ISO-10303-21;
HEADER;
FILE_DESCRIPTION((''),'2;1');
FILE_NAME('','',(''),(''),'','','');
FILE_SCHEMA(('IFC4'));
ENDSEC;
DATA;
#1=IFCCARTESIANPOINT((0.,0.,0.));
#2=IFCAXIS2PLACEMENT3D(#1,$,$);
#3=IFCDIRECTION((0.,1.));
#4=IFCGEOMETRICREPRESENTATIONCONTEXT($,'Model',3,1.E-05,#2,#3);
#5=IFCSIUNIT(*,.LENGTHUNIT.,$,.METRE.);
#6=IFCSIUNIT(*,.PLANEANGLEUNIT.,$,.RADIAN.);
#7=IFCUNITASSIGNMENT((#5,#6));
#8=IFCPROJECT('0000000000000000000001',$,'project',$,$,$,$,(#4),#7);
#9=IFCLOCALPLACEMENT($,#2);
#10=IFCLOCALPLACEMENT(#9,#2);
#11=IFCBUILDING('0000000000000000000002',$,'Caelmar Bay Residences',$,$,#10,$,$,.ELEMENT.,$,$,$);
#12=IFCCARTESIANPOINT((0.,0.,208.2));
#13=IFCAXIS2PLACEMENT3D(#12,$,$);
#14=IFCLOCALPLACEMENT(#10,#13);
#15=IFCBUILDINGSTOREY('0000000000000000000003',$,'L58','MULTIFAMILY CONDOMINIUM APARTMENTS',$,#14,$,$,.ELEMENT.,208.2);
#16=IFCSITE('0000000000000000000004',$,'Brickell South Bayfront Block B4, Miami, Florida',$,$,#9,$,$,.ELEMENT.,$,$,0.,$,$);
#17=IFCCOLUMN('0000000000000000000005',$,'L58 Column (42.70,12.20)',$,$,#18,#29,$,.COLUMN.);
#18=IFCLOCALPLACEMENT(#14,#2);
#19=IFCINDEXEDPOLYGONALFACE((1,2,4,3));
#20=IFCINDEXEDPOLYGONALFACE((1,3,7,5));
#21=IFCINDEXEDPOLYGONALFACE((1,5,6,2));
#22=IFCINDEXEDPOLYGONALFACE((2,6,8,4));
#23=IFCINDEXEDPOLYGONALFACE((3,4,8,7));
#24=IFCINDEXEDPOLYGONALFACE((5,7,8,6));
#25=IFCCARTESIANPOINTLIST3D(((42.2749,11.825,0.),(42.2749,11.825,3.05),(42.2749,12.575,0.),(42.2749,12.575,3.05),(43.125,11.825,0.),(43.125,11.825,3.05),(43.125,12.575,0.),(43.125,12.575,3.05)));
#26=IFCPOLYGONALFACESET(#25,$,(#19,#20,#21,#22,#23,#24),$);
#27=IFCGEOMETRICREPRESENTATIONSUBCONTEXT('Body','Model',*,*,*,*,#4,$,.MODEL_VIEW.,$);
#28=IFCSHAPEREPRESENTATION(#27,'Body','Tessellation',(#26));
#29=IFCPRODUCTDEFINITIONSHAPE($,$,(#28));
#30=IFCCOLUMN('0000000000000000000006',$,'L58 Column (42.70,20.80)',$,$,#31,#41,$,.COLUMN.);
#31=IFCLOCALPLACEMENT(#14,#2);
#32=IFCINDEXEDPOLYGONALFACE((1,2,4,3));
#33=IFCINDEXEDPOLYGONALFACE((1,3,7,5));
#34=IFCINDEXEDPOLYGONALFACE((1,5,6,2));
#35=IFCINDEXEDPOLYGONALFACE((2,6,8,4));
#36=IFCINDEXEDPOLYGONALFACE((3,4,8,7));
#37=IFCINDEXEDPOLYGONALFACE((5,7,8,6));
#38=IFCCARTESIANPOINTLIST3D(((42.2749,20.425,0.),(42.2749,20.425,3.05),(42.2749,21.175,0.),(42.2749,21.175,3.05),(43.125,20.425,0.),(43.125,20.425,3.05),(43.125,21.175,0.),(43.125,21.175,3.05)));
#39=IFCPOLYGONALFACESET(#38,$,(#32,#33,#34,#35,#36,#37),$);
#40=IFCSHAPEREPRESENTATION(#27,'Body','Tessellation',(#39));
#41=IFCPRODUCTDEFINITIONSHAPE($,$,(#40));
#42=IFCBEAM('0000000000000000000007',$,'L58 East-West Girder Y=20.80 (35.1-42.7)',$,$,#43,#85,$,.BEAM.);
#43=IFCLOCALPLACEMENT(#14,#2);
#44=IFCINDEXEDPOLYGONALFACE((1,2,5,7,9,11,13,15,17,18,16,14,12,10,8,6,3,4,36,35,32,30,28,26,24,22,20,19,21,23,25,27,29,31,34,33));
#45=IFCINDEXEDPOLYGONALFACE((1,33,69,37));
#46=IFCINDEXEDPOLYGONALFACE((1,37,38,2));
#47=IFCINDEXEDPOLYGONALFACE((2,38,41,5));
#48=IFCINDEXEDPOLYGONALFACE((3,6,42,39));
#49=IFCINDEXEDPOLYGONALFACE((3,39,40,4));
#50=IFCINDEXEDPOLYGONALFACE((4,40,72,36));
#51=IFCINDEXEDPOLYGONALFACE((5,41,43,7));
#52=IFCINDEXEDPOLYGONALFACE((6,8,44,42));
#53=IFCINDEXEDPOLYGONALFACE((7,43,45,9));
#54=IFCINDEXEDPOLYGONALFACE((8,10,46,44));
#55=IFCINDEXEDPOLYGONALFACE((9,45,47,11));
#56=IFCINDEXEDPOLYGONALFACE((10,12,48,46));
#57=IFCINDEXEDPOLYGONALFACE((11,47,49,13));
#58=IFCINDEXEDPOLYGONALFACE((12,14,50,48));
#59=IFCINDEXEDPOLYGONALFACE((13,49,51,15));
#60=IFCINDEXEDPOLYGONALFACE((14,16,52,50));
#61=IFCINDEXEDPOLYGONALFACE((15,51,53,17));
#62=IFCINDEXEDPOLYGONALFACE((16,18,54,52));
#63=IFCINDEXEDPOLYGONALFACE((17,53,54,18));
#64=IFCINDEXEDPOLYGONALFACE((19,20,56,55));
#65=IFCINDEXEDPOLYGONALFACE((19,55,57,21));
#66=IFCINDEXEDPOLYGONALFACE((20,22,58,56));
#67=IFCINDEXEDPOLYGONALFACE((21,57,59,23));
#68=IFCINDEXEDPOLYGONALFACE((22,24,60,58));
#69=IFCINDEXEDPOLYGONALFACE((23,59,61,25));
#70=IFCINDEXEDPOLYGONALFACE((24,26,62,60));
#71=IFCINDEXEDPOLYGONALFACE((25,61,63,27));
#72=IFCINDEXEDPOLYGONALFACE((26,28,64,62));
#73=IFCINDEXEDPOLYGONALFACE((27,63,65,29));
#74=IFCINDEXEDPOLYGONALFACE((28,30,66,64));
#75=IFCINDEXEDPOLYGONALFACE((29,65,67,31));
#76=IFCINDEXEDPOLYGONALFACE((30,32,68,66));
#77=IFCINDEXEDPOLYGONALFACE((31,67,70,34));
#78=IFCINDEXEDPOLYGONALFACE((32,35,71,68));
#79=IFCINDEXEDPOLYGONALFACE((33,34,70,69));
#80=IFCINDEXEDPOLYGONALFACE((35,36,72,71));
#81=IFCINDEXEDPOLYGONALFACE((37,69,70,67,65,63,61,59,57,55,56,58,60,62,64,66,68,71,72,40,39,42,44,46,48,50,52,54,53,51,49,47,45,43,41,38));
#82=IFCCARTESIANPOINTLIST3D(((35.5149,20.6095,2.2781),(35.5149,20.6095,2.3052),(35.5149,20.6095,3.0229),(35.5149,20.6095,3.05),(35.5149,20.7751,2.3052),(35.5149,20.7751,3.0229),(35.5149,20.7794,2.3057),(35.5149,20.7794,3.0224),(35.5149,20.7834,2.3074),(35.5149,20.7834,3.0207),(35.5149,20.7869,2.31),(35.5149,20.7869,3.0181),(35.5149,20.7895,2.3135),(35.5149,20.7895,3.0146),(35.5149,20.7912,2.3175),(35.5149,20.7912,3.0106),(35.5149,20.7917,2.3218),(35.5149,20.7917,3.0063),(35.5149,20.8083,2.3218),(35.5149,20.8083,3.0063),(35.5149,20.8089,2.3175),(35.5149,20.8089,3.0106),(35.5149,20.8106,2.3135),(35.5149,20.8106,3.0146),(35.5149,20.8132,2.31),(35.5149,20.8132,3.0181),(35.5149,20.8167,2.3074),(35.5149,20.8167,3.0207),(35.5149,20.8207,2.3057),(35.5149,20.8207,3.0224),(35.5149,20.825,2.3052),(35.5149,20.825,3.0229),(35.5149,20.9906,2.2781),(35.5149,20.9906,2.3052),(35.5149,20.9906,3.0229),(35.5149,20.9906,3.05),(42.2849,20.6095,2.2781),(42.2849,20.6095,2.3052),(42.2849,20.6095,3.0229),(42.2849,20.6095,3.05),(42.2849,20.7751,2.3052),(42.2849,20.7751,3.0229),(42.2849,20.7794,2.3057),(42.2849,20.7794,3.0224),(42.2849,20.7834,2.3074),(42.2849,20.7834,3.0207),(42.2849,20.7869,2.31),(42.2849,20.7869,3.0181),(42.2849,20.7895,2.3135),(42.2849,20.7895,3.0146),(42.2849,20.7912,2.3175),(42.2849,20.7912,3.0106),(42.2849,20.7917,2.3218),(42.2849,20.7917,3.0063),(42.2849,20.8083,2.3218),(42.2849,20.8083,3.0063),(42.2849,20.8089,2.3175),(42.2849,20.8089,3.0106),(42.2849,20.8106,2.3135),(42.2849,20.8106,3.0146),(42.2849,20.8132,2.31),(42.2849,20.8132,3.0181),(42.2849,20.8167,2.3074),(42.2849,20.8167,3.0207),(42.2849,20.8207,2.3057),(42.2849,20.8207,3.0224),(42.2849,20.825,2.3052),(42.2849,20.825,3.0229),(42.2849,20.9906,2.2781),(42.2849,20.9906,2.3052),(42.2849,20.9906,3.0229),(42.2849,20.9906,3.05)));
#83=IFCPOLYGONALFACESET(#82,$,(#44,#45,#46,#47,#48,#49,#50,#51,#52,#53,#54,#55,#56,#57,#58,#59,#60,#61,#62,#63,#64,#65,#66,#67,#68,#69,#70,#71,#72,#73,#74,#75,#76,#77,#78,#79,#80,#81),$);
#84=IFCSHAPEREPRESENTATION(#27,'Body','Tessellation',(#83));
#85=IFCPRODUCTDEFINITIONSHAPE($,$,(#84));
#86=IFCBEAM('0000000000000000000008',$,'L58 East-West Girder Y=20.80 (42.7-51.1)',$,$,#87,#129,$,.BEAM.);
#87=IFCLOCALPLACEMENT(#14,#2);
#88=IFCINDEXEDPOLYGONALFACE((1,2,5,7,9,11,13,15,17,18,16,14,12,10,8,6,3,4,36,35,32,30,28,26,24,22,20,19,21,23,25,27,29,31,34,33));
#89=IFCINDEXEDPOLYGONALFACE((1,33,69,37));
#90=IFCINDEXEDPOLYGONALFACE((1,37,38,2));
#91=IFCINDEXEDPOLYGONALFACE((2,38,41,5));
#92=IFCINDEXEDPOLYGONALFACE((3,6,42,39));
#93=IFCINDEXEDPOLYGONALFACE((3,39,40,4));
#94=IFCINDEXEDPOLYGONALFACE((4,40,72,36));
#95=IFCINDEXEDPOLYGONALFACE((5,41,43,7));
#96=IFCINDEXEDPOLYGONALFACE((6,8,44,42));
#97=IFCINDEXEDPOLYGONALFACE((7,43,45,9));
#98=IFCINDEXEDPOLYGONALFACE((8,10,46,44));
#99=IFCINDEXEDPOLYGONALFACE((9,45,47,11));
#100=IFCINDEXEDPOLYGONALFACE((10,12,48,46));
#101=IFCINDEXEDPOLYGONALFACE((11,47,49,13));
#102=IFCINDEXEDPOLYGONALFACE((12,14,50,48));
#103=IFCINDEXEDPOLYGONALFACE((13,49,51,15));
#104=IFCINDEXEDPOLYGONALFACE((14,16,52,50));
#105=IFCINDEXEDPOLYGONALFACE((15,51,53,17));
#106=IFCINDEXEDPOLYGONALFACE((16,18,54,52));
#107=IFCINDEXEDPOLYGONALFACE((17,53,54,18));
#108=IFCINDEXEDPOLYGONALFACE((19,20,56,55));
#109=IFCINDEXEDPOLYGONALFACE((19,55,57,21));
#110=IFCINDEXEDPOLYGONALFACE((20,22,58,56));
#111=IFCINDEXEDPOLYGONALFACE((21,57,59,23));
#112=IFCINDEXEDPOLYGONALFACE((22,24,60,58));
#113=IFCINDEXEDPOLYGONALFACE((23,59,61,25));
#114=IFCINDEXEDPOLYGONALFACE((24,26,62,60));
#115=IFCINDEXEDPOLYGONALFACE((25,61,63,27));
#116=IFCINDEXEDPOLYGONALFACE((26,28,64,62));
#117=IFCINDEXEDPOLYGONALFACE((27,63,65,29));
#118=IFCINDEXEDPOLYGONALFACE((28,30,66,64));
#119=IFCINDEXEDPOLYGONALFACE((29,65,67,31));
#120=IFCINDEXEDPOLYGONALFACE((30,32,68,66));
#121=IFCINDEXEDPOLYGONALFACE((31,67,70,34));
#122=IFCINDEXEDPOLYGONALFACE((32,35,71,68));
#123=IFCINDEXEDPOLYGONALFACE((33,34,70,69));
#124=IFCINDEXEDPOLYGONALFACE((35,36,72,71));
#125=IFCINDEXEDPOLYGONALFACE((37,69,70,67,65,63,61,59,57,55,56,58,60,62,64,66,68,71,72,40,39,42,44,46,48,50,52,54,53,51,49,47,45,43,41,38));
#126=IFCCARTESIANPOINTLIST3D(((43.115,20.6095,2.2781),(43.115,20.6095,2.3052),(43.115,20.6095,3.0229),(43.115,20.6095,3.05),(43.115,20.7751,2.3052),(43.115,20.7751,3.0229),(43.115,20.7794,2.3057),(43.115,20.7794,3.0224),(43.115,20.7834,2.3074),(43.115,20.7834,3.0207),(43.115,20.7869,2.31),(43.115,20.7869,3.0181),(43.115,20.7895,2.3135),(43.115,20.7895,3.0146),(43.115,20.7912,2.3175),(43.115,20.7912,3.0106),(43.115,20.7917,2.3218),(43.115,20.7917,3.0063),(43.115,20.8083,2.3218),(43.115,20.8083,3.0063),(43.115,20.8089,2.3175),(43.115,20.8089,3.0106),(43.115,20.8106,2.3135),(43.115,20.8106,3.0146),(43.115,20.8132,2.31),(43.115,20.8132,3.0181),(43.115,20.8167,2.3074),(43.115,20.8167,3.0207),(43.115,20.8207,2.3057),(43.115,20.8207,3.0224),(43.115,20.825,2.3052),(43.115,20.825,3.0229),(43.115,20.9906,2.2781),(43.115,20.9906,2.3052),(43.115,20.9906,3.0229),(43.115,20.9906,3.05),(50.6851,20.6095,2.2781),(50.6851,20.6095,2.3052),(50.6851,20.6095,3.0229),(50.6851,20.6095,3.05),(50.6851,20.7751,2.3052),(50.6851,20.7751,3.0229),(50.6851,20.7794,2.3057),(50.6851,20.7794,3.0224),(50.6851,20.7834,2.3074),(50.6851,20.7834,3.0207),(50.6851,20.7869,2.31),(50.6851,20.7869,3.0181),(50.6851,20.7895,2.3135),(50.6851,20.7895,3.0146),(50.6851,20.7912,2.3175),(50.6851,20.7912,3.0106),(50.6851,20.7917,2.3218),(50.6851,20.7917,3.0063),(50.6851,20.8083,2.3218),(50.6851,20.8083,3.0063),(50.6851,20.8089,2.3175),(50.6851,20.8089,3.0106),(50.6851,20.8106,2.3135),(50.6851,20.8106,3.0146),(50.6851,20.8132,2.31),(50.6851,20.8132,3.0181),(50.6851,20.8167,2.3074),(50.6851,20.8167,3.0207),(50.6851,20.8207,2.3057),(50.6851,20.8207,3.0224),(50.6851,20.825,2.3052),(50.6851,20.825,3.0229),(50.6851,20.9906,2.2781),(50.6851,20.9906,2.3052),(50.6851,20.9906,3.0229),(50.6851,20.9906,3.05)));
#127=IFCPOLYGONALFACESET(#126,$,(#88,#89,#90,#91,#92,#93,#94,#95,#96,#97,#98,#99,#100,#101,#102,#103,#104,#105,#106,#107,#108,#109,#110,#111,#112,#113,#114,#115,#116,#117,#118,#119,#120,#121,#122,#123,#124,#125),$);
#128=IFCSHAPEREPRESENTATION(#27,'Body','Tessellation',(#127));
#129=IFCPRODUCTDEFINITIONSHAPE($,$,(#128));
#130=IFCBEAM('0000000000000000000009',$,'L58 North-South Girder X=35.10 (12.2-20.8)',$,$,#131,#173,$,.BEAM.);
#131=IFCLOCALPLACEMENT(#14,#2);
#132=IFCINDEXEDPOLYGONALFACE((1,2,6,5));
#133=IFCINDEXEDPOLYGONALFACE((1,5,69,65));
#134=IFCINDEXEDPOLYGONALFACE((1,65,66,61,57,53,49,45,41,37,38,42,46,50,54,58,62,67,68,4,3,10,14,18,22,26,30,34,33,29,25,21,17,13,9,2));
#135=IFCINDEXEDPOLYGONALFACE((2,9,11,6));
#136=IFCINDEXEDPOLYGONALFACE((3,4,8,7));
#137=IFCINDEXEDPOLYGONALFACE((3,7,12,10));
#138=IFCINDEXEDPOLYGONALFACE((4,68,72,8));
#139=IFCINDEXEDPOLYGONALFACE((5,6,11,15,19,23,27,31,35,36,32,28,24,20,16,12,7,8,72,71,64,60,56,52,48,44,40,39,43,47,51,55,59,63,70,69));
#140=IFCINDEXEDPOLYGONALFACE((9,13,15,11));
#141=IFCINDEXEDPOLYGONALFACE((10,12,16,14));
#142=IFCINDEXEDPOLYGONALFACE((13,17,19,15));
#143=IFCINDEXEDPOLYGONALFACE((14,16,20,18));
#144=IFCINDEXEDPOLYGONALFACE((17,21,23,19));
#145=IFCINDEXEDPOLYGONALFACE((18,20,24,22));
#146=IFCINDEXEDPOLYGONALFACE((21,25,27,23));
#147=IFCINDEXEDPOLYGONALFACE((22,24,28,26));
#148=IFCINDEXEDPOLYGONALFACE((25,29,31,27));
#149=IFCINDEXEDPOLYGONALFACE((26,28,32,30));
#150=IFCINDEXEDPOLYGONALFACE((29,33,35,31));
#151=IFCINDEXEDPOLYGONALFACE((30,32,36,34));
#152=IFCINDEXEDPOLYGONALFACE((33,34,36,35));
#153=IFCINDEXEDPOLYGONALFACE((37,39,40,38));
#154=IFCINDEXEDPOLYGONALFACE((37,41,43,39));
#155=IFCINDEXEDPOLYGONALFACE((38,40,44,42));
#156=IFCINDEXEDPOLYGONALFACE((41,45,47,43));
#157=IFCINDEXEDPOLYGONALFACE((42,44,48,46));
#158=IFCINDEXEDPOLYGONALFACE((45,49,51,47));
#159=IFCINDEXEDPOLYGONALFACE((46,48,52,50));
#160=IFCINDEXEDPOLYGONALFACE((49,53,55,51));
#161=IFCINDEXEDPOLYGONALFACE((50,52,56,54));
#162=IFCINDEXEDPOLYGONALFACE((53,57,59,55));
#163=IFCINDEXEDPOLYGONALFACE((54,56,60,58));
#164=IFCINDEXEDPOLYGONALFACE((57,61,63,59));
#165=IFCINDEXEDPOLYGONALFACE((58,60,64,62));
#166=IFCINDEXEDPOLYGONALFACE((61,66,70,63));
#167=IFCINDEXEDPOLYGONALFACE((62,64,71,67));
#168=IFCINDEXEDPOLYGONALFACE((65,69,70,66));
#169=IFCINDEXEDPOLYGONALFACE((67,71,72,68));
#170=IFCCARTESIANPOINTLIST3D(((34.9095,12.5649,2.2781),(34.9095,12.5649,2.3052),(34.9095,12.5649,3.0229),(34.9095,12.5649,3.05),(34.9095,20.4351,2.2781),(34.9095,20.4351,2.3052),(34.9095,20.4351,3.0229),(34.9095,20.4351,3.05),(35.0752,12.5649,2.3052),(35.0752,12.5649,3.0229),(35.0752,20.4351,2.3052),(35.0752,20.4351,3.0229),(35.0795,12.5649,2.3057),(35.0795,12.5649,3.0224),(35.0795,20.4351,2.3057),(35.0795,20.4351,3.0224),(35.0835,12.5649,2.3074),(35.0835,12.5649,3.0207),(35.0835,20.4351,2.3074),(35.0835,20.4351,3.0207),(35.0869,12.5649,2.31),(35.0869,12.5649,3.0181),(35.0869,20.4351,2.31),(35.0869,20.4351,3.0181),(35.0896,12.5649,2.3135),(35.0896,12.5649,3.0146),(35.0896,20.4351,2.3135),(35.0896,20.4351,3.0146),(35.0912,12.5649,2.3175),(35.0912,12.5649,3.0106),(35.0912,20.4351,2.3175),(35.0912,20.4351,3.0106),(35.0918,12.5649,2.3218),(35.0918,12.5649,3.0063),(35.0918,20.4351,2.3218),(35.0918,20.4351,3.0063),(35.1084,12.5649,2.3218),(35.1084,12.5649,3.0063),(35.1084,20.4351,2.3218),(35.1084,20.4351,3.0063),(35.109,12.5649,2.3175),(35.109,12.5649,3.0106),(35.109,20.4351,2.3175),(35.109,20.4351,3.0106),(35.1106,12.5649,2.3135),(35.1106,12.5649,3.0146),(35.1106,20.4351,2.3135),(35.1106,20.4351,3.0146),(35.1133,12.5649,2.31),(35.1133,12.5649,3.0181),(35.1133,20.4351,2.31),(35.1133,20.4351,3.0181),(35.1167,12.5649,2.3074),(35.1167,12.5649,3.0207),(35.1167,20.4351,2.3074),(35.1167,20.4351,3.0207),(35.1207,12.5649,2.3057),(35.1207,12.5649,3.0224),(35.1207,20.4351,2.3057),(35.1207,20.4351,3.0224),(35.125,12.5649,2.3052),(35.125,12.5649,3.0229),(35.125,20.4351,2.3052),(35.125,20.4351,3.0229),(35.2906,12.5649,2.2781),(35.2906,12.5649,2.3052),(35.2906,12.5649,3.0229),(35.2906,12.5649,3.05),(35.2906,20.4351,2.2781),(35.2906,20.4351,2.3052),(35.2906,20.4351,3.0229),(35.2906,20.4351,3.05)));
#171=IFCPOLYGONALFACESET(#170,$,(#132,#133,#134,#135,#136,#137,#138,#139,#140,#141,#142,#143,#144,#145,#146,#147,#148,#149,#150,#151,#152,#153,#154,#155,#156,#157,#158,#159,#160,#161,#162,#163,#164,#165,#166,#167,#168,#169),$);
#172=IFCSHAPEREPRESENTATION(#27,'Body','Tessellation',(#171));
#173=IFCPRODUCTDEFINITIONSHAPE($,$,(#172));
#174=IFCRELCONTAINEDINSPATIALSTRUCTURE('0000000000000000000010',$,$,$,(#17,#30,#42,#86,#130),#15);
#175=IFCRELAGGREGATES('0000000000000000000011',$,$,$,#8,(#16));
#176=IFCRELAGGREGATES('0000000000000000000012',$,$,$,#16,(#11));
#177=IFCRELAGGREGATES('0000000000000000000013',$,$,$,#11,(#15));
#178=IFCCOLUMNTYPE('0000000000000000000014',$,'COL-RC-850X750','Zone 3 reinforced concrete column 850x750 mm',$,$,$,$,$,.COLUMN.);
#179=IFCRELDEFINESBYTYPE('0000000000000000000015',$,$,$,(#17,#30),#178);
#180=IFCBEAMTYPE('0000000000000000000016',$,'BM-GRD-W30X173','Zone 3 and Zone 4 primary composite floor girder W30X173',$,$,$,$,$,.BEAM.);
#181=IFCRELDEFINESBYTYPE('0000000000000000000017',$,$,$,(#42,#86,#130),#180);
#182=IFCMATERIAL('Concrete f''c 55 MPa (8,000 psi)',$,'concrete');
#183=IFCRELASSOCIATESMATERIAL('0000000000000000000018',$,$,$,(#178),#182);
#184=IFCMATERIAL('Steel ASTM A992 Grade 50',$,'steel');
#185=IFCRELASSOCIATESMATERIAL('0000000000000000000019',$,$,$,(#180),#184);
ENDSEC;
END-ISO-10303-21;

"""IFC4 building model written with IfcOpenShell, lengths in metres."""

from ifc_helpers import new_model, si_unit, direction, frame, origin, origin_2d, place, context, subcontext, project, spatial, rectangle, i_section, extrude, material, material_profile, profile_set, type_object, element, save


model = new_model("IFC4")

# Units and contexts
model_context = context("Model", 3, precision=1e-05, world=origin(), true_north=direction((0.0, 1.0)))
body_context = subcontext(model_context, "Body", "Model", "MODEL_VIEW")
ifc_project = project(units=[si_unit("LENGTHUNIT", "METRE"), si_unit("PLANEANGLEUNIT", "RADIAN")], contexts=[model_context])

# Site, building, storey
site_placement = place(None, origin())
site = spatial("IfcSite", under=ifc_project, at=site_placement, Name="Brickell South Bayfront Block B4, Miami, Florida", CompositionType="ELEMENT", RefElevation=0.0)
building_placement = place(site_placement, origin())
building = spatial("IfcBuilding", under=site, at=building_placement, Name="Caelmar Bay Residences", CompositionType="ELEMENT")
storey_placement = place(building_placement, frame((0.0, 0.0, 208.2)))
storey = spatial("IfcBuildingStorey", under=building, at=storey_placement, Name="L58", Description="MULTIFAMILY CONDOMINIUM APARTMENTS", CompositionType="ELEMENT", Elevation=208.2)

# Columns
ifc_material_1 = material(Name="Concrete f'c 55 MPa (8,000 psi)", Category="concrete")
ifc_material_profile_1 = material_profile(ifc_material_1, rectangle(XDim=0.8501, YDim=0.75, at=origin_2d()), Name="RC-COL-850X750")
ifc_profile_set_1 = profile_set([ifc_material_profile_1], Name="Concrete f'c 55 MPa (8,000 psi)")
column_type = type_object("IfcColumnType", Name="COL-RC-850X750", Description="Zone 3 reinforced concrete column 850x750 mm", PredefinedType="COLUMN", material=ifc_profile_set_1)
for number, where, z_axis, x_axis, name in (
    (1, (42.7, 12.2, 0.0), (0.0, 0.0, 1.0), (1.0, 0.0, 0.0), "L58 Column (42.70,12.20)"),
    (2, (42.7, 20.8, 0.0), (0.0, 0.0, 1.0), (1.0, 0.0, 0.0), "L58 Column (42.70,20.80)"),
):
    element("IfcColumn", number, at=place(storey_placement, frame(where, z_axis=z_axis, x_axis=x_axis)), inside=storey, type_object=column_type, Name=name, PredefinedType="COLUMN", context=body_context, shape_type="SweptSolid", body=[
        extrude(rectangle(XDim=0.8501, YDim=0.75, at=origin_2d()), origin(), (0.0, 0.0, 1.0), 3.05),
    ])

# Beams
ifc_material_2 = material(Name="Steel ASTM A992 Grade 50", Category="steel")
ifc_material_profile_2 = material_profile(ifc_material_2, i_section(OverallWidth=0.3811, OverallDepth=0.772, WebThickness=0.0166, FlangeThickness=0.0271, FilletRadius=0.0166, at=origin_2d()), Name="W30X173")
ifc_profile_set_2 = profile_set([ifc_material_profile_2], Name="Steel ASTM A992 Grade 50")
beam_type_1 = type_object("IfcBeamType", Name="BM-GRD-W30X173", Description="Zone 3 and Zone 4 primary composite floor girder W30X173", PredefinedType="BEAM", material=ifc_profile_set_2)
beam_1_placement = place(storey_placement, frame((35.5149, 20.8, 2.6641), z_axis=(1.0, 0.0, 0.0), x_axis=(0.0, 1.0, 0.0)))
element("IfcBeam", 3, at=beam_1_placement, inside=storey, type_object=beam_type_1, Name="L58 East-West Girder Y=20.80 (35.1-42.7)", PredefinedType="BEAM", context=body_context, shape_type="SweptSolid", body=[
    extrude(i_section(OverallWidth=0.3811, OverallDepth=0.772, WebThickness=0.0166, FlangeThickness=0.0271, FilletRadius=0.0166, at=origin_2d()), origin(), (0.0, 0.0, 1.0), 6.77),
])
beam_2_placement = place(storey_placement, frame((43.115, 20.8, 2.6641), z_axis=(1.0, 0.0, 0.0), x_axis=(0.0, 1.0, 0.0)))
element("IfcBeam", 4, at=beam_2_placement, inside=storey, type_object=beam_type_1, Name="L58 East-West Girder Y=20.80 (42.7-51.1)", PredefinedType="BEAM", context=body_context, shape_type="SweptSolid", body=[
    extrude(i_section(OverallWidth=0.3811, OverallDepth=0.772, WebThickness=0.0166, FlangeThickness=0.0271, FilletRadius=0.0166, at=origin_2d()), origin(), (0.0, 0.0, 1.0), 7.5701),
])
beam_3_placement = place(storey_placement, frame((35.1001, 12.5649, 2.6641), z_axis=(0.0, 1.0, 0.0), x_axis=(-1.0, 0.0, 0.0)))
element("IfcBeam", 5, at=beam_3_placement, inside=storey, type_object=beam_type_1, Name="L58 North-South Girder X=35.10 (12.2-20.8)", PredefinedType="BEAM", context=body_context, shape_type="SweptSolid", body=[
    extrude(i_section(OverallWidth=0.3811, OverallDepth=0.772, WebThickness=0.0166, FlangeThickness=0.0271, FilletRadius=0.0166, at=origin_2d()), origin(), (0.0, 0.0, 1.0), 7.8701),
])

save(model, "model.ifc")
